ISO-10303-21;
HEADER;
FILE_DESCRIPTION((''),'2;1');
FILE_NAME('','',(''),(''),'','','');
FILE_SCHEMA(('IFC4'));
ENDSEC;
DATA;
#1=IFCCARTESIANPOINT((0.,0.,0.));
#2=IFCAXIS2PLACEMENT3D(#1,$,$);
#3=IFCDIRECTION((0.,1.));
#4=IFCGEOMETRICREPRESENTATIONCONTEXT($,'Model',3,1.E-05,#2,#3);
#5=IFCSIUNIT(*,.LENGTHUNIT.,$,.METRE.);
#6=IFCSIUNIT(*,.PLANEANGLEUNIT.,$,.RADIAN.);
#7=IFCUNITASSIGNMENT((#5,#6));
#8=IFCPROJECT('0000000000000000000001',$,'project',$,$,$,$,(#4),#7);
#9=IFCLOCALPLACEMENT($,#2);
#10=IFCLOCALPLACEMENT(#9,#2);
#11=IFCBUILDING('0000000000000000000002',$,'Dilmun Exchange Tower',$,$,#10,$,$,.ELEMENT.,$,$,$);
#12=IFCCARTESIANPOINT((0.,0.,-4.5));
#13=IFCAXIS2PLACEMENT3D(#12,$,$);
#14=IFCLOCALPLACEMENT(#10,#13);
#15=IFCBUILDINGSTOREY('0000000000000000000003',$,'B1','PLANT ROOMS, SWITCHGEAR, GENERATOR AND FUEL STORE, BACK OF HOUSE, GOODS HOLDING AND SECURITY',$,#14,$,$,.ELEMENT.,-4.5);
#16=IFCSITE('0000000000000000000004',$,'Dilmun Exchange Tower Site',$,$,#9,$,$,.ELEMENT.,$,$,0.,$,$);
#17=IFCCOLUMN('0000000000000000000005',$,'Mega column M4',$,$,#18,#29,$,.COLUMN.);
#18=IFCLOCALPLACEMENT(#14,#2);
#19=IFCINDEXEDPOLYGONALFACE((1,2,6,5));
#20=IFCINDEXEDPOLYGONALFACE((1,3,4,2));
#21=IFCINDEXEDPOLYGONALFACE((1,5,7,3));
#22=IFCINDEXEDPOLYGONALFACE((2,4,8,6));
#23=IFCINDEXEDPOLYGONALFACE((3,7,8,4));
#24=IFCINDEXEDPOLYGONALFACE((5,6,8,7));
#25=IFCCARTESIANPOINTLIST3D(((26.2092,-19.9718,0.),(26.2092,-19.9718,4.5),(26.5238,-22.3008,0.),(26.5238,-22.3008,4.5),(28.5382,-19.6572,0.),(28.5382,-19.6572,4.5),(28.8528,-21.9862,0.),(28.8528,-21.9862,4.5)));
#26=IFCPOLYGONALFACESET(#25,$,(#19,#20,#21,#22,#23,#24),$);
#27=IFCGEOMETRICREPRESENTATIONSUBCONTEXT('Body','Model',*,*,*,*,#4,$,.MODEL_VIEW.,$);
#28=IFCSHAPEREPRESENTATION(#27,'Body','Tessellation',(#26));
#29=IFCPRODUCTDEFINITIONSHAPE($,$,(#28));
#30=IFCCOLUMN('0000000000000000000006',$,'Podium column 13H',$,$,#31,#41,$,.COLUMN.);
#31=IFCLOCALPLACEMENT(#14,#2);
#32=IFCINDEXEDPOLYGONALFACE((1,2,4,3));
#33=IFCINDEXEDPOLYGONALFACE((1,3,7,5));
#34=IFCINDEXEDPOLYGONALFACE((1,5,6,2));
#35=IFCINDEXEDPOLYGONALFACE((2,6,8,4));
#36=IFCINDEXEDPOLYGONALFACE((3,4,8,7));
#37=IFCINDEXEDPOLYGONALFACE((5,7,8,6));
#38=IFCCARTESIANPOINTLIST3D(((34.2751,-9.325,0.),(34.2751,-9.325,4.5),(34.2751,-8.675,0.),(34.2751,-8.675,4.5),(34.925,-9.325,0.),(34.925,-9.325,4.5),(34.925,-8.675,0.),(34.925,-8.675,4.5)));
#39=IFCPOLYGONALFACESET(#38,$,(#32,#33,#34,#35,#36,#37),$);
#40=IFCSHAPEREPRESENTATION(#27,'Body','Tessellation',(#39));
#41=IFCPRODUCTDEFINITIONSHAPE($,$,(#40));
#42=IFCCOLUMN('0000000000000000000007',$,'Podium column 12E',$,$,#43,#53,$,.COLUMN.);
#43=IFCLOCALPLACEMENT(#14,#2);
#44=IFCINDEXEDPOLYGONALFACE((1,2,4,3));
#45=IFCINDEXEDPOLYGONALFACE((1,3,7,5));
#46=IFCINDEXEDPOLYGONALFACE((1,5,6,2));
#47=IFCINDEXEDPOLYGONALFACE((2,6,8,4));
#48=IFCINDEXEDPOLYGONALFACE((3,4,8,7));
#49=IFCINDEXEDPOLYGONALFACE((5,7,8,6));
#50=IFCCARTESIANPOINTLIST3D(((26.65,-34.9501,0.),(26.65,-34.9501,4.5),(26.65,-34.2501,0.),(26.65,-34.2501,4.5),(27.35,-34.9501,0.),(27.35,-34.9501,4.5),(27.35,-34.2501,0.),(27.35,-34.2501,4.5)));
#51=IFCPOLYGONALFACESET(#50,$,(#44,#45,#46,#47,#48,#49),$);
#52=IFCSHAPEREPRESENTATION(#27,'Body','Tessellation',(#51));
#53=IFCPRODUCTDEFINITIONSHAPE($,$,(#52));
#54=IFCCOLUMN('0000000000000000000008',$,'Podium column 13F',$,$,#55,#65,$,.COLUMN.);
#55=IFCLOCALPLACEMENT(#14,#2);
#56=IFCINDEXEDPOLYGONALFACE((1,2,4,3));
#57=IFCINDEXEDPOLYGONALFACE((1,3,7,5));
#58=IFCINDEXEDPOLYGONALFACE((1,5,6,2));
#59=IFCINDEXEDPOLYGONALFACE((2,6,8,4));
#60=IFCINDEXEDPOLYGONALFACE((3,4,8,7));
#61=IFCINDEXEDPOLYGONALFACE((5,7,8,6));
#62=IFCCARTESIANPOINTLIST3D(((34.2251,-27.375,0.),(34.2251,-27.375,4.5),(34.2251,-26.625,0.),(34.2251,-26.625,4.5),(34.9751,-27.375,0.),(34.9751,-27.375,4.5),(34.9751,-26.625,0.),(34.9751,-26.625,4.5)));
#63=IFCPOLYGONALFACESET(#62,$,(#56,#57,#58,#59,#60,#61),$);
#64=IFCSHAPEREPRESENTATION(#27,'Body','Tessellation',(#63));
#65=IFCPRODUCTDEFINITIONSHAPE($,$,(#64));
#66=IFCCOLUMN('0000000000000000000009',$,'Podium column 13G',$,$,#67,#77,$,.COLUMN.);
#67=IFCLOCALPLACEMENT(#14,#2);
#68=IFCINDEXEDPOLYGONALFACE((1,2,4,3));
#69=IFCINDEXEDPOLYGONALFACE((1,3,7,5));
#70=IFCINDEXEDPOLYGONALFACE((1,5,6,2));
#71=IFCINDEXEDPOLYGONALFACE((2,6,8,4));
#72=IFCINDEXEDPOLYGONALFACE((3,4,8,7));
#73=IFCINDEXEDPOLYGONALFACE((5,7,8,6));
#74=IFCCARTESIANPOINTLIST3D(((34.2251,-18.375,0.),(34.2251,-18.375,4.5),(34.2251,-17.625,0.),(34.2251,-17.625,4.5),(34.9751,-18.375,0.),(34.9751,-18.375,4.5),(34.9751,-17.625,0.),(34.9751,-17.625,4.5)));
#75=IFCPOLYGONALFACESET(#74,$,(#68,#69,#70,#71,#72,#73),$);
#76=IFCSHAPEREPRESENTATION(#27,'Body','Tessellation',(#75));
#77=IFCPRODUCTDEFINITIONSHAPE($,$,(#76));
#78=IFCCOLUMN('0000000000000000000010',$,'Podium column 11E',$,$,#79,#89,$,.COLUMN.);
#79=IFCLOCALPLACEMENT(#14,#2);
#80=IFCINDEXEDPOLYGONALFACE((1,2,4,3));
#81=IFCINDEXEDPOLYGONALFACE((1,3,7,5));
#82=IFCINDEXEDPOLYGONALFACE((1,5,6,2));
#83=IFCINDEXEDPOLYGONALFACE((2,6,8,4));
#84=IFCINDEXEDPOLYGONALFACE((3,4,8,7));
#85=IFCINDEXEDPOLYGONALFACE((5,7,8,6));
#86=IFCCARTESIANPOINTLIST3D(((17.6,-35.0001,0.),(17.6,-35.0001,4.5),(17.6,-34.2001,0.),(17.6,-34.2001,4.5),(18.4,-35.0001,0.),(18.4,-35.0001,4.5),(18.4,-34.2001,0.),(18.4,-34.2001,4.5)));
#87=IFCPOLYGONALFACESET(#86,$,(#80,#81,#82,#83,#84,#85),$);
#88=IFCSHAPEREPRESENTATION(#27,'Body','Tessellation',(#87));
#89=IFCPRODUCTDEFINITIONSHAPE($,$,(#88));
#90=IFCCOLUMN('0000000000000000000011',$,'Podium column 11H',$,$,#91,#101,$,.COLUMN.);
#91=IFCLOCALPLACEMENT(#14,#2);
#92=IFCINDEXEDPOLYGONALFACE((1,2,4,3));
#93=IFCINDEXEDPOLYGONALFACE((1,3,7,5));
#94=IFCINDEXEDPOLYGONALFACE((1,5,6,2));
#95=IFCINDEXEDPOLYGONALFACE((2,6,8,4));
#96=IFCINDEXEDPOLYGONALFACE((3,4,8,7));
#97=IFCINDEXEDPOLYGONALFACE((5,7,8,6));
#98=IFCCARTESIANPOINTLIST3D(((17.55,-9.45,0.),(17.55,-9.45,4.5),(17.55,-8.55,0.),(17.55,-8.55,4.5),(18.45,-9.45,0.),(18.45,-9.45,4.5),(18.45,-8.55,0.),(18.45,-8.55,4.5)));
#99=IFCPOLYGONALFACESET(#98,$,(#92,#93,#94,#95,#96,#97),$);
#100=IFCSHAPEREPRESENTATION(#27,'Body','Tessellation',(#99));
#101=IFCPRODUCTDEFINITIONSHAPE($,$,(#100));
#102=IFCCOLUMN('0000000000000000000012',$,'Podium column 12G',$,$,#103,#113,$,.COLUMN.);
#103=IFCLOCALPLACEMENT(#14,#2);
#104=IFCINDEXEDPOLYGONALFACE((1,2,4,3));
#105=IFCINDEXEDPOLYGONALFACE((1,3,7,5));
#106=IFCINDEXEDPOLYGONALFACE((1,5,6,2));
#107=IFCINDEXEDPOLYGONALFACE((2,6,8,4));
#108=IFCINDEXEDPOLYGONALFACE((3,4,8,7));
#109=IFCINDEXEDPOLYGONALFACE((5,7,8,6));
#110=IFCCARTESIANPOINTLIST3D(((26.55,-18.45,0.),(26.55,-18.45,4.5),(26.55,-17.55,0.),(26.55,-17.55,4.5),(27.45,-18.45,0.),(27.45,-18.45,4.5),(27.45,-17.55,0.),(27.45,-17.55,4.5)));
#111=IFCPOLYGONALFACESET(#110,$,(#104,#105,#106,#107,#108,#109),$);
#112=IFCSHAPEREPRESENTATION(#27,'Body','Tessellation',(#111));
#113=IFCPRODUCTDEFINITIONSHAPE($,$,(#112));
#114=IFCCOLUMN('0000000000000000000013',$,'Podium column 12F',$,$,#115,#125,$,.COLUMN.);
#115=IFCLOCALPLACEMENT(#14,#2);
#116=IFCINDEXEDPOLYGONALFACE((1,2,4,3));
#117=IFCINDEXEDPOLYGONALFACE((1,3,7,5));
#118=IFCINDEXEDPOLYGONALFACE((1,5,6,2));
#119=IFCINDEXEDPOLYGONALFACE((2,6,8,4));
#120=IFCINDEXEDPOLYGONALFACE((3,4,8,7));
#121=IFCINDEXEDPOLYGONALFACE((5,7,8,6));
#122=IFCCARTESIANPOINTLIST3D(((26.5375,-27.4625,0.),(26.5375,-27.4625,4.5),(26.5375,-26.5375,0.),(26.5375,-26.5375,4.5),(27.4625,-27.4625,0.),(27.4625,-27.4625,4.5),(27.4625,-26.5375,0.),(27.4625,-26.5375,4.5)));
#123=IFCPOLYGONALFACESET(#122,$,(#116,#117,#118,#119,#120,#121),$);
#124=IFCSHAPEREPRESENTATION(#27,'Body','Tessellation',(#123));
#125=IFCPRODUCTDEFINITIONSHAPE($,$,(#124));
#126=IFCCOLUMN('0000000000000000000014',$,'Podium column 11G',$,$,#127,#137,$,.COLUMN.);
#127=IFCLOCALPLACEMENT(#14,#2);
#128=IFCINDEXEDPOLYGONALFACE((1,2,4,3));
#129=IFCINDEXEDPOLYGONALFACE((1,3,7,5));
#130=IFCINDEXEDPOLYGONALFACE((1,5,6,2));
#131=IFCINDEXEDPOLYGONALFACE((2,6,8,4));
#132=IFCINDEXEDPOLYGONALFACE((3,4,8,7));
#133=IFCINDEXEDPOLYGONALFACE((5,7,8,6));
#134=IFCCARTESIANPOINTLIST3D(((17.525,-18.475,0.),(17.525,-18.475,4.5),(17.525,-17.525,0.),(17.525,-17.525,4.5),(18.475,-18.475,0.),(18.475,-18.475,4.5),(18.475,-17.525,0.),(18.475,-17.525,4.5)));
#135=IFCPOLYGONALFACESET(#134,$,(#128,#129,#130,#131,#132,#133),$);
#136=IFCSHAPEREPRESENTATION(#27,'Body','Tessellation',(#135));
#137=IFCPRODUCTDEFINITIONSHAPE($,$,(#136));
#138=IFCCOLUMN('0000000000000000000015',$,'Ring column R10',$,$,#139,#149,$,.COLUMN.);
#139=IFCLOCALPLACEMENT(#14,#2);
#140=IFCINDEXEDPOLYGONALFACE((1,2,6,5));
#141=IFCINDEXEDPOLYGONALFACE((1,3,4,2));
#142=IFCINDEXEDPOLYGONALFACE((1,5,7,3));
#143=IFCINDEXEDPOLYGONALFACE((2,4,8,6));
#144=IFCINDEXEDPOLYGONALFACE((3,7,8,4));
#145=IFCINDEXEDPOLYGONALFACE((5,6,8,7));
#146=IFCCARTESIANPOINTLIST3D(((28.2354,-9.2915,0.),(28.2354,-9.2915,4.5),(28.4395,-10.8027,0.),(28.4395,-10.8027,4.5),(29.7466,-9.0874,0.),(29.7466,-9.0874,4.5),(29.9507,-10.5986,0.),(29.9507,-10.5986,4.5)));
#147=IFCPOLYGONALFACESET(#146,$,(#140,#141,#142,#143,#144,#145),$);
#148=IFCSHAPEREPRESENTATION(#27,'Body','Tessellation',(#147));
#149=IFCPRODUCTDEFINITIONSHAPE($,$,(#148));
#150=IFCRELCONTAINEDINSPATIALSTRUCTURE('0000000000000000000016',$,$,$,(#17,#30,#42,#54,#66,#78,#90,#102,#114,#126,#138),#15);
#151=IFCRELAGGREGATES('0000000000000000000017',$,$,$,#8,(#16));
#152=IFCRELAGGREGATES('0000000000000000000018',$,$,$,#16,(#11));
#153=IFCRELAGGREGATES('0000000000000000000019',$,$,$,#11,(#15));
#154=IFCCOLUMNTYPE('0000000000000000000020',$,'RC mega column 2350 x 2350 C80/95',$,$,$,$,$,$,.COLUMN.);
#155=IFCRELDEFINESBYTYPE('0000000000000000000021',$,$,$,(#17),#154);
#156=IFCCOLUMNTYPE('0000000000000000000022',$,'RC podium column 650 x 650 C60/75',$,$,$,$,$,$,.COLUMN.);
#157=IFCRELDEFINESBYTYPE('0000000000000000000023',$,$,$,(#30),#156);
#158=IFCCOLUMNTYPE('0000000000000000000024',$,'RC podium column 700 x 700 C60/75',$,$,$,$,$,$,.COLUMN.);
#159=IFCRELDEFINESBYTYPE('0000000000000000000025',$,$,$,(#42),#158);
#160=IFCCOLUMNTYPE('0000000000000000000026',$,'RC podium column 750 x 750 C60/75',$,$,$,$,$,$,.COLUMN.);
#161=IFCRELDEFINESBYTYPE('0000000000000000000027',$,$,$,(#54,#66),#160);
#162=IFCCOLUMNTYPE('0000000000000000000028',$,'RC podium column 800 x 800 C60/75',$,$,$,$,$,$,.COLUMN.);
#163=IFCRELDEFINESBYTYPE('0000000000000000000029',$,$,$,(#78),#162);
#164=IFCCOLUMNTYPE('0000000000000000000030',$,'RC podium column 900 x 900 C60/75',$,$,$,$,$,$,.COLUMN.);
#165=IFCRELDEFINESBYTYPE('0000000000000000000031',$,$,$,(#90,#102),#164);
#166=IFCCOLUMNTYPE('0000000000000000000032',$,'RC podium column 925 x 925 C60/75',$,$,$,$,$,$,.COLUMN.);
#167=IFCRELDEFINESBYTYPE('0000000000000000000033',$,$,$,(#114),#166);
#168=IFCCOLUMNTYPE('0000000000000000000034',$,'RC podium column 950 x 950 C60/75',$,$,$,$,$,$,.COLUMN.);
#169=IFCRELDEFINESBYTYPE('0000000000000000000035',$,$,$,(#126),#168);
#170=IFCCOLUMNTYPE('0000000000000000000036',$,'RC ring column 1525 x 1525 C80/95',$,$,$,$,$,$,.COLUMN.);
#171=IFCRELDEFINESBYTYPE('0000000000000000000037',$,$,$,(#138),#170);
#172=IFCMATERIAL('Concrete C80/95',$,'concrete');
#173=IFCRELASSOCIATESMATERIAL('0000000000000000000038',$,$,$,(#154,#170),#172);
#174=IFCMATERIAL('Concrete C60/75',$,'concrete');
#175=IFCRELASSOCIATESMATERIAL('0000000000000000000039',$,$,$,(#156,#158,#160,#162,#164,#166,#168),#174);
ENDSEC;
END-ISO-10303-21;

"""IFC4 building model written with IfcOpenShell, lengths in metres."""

from ifc_helpers import new_model, si_unit, direction, frame, origin, origin_2d, place, context, subcontext, project, spatial, rectangle, extrude, material, material_profile, profile_set, type_object, element, save


model = new_model("IFC4")

# Units and contexts
model_context = context("Model", 3, precision=1e-05, world=origin(), true_north=direction((0.0, 1.0)))
body_context = subcontext(model_context, "Body", "Model", "MODEL_VIEW")
ifc_project = project(units=[si_unit("LENGTHUNIT", "METRE"), si_unit("PLANEANGLEUNIT", "RADIAN")], contexts=[model_context])

# Site, building, storey
site_placement = place(None, origin())
site = spatial("IfcSite", under=ifc_project, at=site_placement, Name="Dilmun Exchange Tower Site", CompositionType="ELEMENT", RefElevation=0.0)
building_placement = place(site_placement, origin())
building = spatial("IfcBuilding", under=site, at=building_placement, Name="Dilmun Exchange Tower", CompositionType="ELEMENT")
storey_placement = place(building_placement, frame((0.0, 0.0, -4.5)))
storey = spatial("IfcBuildingStorey", under=building, at=storey_placement, Name="B1", Description="PLANT ROOMS, SWITCHGEAR, GENERATOR AND FUEL STORE, BACK OF HOUSE, GOODS HOLDING AND SECURITY", CompositionType="ELEMENT", Elevation=-4.5)

# Columns
ifc_material_1 = material(Name="Concrete C80/95", Category="concrete")
ifc_material_profile_1 = material_profile(ifc_material_1, rectangle(XDim=2.3501, YDim=2.3501, at=origin_2d()), Name="2350 x 2350")
ifc_profile_set_1 = profile_set([ifc_material_profile_1], Name="Concrete C80/95")
column_type_1 = type_object("IfcColumnType", Name="RC mega column 2350 x 2350 C80/95", PredefinedType="COLUMN", material=ifc_profile_set_1)
column_1_placement = place(storey_placement, frame((27.531, -20.979, 0.0), z_axis=(0.0, 0.0, 1.0), x_axis=(0.991001, 0.133853, 0.0)))
element("IfcColumn", 1, at=column_1_placement, inside=storey, type_object=column_type_1, Name="Mega column M4", PredefinedType="COLUMN", context=body_context, shape_type="SweptSolid", body=[
    extrude(rectangle(XDim=2.3501, YDim=2.3501, at=origin_2d()), origin(), (0.0, 0.0, 1.0), 4.5),
])
ifc_material_2 = material(Name="Concrete C60/75", Category="concrete")
ifc_material_profile_2 = material_profile(ifc_material_2, rectangle(XDim=0.6499, YDim=0.6499, at=origin_2d()), Name="650 x 650")
ifc_profile_set_2 = profile_set([ifc_material_profile_2], Name="Concrete C60/75")
column_type_2 = type_object("IfcColumnType", Name="RC podium column 650 x 650 C60/75", PredefinedType="COLUMN", material=ifc_profile_set_2)
column_2_placement = place(storey_placement, frame((34.6001, -9.0, 0.0), z_axis=(0.0, 0.0, 1.0), x_axis=(1.0, 0.0, 0.0)))
element("IfcColumn", 2, at=column_2_placement, inside=storey, type_object=column_type_2, Name="Podium column 13H", PredefinedType="COLUMN", context=body_context, shape_type="SweptSolid", body=[
    extrude(rectangle(XDim=0.6499, YDim=0.6499, at=origin_2d()), origin(), (0.0, 0.0, 1.0), 4.5),
])
ifc_material_profile_3 = material_profile(ifc_material_2, rectangle(XDim=0.7, YDim=0.7, at=origin_2d()), Name="700 x 700")
ifc_profile_set_3 = profile_set([ifc_material_profile_3], Name="Concrete C60/75")
column_type_3 = type_object("IfcColumnType", Name="RC podium column 700 x 700 C60/75", PredefinedType="COLUMN", material=ifc_profile_set_3)
column_3_placement = place(storey_placement, frame((27.0, -34.6001, 0.0), z_axis=(0.0, 0.0, 1.0), x_axis=(1.0, 0.0, 0.0)))
element("IfcColumn", 3, at=column_3_placement, inside=storey, type_object=column_type_3, Name="Podium column 12E", PredefinedType="COLUMN", context=body_context, shape_type="SweptSolid", body=[
    extrude(rectangle(XDim=0.7, YDim=0.7, at=origin_2d()), origin(), (0.0, 0.0, 1.0), 4.5),
])
ifc_material_profile_4 = material_profile(ifc_material_2, rectangle(XDim=0.75, YDim=0.75, at=origin_2d()), Name="750 x 750")
ifc_profile_set_4 = profile_set([ifc_material_profile_4], Name="Concrete C60/75")
column_type_4 = type_object("IfcColumnType", Name="RC podium column 750 x 750 C60/75", PredefinedType="COLUMN", material=ifc_profile_set_4)
for number, where, z_axis, x_axis, name in (
    (4, (34.6001, -27.0, 0.0), (0.0, 0.0, 1.0), (1.0, 0.0, 0.0), "Podium column 13F"),
    (5, (34.6001, -18.0, 0.0), (0.0, 0.0, 1.0), (1.0, 0.0, 0.0), "Podium column 13G"),
):
    element("IfcColumn", number, at=place(storey_placement, frame(where, z_axis=z_axis, x_axis=x_axis)), inside=storey, type_object=column_type_4, Name=name, PredefinedType="COLUMN", context=body_context, shape_type="SweptSolid", body=[
        extrude(rectangle(XDim=0.75, YDim=0.75, at=origin_2d()), origin(), (0.0, 0.0, 1.0), 4.5),
    ])
ifc_material_profile_5 = material_profile(ifc_material_2, rectangle(XDim=0.8, YDim=0.8, at=origin_2d()), Name="800 x 800")
ifc_profile_set_5 = profile_set([ifc_material_profile_5], Name="Concrete C60/75")
column_type_5 = type_object("IfcColumnType", Name="RC podium column 800 x 800 C60/75", PredefinedType="COLUMN", material=ifc_profile_set_5)
column_4_placement = place(storey_placement, frame((18.0, -34.6001, 0.0), z_axis=(0.0, 0.0, 1.0), x_axis=(1.0, 0.0, 0.0)))
element("IfcColumn", 6, at=column_4_placement, inside=storey, type_object=column_type_5, Name="Podium column 11E", PredefinedType="COLUMN", context=body_context, shape_type="SweptSolid", body=[
    extrude(rectangle(XDim=0.8, YDim=0.8, at=origin_2d()), origin(), (0.0, 0.0, 1.0), 4.5),
])
ifc_material_profile_6 = material_profile(ifc_material_2, rectangle(XDim=0.8999, YDim=0.8999, at=origin_2d()), Name="900 x 900")
ifc_profile_set_6 = profile_set([ifc_material_profile_6], Name="Concrete C60/75")
column_type_6 = type_object("IfcColumnType", Name="RC podium column 900 x 900 C60/75", PredefinedType="COLUMN", material=ifc_profile_set_6)
for number, where, z_axis, x_axis, name in (
    (7, (18.0, -9.0, 0.0), (0.0, 0.0, 1.0), (1.0, 0.0, 0.0), "Podium column 11H"),
    (8, (27.0, -18.0, 0.0), (0.0, 0.0, 1.0), (1.0, 0.0, 0.0), "Podium column 12G"),
):
    element("IfcColumn", number, at=place(storey_placement, frame(where, z_axis=z_axis, x_axis=x_axis)), inside=storey, type_object=column_type_6, Name=name, PredefinedType="COLUMN", context=body_context, shape_type="SweptSolid", body=[
        extrude(rectangle(XDim=0.8999, YDim=0.8999, at=origin_2d()), origin(), (0.0, 0.0, 1.0), 4.5),
    ])
ifc_material_profile_7 = material_profile(ifc_material_2, rectangle(XDim=0.925, YDim=0.925, at=origin_2d()), Name="925 x 925")
ifc_profile_set_7 = profile_set([ifc_material_profile_7], Name="Concrete C60/75")
column_type_7 = type_object("IfcColumnType", Name="RC podium column 925 x 925 C60/75", PredefinedType="COLUMN", material=ifc_profile_set_7)
column_5_placement = place(storey_placement, frame((27.0, -27.0, 0.0), z_axis=(0.0, 0.0, 1.0), x_axis=(1.0, 0.0, 0.0)))
element("IfcColumn", 9, at=column_5_placement, inside=storey, type_object=column_type_7, Name="Podium column 12F", PredefinedType="COLUMN", context=body_context, shape_type="SweptSolid", body=[
    extrude(rectangle(XDim=0.925, YDim=0.925, at=origin_2d()), origin(), (0.0, 0.0, 1.0), 4.5),
])
ifc_material_profile_8 = material_profile(ifc_material_2, rectangle(XDim=0.95, YDim=0.95, at=origin_2d()), Name="950 x 950")
ifc_profile_set_8 = profile_set([ifc_material_profile_8], Name="Concrete C60/75")
column_type_8 = type_object("IfcColumnType", Name="RC podium column 950 x 950 C60/75", PredefinedType="COLUMN", material=ifc_profile_set_8)
column_6_placement = place(storey_placement, frame((18.0, -18.0, 0.0), z_axis=(0.0, 0.0, 1.0), x_axis=(1.0, 0.0, 0.0)))
element("IfcColumn", 10, at=column_6_placement, inside=storey, type_object=column_type_8, Name="Podium column 11G", PredefinedType="COLUMN", context=body_context, shape_type="SweptSolid", body=[
    extrude(rectangle(XDim=0.95, YDim=0.95, at=origin_2d()), origin(), (0.0, 0.0, 1.0), 4.5),
])
ifc_material_profile_9 = material_profile(ifc_material_1, rectangle(XDim=1.5249, YDim=1.5249, at=origin_2d()), Name="1525 x 1525")
ifc_profile_set_9 = profile_set([ifc_material_profile_9], Name="Concrete C80/95")
column_type_9 = type_object("IfcColumnType", Name="RC ring column 1525 x 1525 C80/95", PredefinedType="COLUMN", material=ifc_profile_set_9)
column_7_placement = place(storey_placement, frame((29.093, -9.9451, 0.0), z_axis=(0.0, 0.0, 1.0), x_axis=(0.991001, 0.133853, 0.0)))
element("IfcColumn", 11, at=column_7_placement, inside=storey, type_object=column_type_9, Name="Ring column R10", PredefinedType="COLUMN", context=body_context, shape_type="SweptSolid", body=[
    extrude(rectangle(XDim=1.5249, YDim=1.5249, at=origin_2d()), origin(), (0.0, 0.0, 1.0), 4.5),
])

save(model, "model.ifc")
